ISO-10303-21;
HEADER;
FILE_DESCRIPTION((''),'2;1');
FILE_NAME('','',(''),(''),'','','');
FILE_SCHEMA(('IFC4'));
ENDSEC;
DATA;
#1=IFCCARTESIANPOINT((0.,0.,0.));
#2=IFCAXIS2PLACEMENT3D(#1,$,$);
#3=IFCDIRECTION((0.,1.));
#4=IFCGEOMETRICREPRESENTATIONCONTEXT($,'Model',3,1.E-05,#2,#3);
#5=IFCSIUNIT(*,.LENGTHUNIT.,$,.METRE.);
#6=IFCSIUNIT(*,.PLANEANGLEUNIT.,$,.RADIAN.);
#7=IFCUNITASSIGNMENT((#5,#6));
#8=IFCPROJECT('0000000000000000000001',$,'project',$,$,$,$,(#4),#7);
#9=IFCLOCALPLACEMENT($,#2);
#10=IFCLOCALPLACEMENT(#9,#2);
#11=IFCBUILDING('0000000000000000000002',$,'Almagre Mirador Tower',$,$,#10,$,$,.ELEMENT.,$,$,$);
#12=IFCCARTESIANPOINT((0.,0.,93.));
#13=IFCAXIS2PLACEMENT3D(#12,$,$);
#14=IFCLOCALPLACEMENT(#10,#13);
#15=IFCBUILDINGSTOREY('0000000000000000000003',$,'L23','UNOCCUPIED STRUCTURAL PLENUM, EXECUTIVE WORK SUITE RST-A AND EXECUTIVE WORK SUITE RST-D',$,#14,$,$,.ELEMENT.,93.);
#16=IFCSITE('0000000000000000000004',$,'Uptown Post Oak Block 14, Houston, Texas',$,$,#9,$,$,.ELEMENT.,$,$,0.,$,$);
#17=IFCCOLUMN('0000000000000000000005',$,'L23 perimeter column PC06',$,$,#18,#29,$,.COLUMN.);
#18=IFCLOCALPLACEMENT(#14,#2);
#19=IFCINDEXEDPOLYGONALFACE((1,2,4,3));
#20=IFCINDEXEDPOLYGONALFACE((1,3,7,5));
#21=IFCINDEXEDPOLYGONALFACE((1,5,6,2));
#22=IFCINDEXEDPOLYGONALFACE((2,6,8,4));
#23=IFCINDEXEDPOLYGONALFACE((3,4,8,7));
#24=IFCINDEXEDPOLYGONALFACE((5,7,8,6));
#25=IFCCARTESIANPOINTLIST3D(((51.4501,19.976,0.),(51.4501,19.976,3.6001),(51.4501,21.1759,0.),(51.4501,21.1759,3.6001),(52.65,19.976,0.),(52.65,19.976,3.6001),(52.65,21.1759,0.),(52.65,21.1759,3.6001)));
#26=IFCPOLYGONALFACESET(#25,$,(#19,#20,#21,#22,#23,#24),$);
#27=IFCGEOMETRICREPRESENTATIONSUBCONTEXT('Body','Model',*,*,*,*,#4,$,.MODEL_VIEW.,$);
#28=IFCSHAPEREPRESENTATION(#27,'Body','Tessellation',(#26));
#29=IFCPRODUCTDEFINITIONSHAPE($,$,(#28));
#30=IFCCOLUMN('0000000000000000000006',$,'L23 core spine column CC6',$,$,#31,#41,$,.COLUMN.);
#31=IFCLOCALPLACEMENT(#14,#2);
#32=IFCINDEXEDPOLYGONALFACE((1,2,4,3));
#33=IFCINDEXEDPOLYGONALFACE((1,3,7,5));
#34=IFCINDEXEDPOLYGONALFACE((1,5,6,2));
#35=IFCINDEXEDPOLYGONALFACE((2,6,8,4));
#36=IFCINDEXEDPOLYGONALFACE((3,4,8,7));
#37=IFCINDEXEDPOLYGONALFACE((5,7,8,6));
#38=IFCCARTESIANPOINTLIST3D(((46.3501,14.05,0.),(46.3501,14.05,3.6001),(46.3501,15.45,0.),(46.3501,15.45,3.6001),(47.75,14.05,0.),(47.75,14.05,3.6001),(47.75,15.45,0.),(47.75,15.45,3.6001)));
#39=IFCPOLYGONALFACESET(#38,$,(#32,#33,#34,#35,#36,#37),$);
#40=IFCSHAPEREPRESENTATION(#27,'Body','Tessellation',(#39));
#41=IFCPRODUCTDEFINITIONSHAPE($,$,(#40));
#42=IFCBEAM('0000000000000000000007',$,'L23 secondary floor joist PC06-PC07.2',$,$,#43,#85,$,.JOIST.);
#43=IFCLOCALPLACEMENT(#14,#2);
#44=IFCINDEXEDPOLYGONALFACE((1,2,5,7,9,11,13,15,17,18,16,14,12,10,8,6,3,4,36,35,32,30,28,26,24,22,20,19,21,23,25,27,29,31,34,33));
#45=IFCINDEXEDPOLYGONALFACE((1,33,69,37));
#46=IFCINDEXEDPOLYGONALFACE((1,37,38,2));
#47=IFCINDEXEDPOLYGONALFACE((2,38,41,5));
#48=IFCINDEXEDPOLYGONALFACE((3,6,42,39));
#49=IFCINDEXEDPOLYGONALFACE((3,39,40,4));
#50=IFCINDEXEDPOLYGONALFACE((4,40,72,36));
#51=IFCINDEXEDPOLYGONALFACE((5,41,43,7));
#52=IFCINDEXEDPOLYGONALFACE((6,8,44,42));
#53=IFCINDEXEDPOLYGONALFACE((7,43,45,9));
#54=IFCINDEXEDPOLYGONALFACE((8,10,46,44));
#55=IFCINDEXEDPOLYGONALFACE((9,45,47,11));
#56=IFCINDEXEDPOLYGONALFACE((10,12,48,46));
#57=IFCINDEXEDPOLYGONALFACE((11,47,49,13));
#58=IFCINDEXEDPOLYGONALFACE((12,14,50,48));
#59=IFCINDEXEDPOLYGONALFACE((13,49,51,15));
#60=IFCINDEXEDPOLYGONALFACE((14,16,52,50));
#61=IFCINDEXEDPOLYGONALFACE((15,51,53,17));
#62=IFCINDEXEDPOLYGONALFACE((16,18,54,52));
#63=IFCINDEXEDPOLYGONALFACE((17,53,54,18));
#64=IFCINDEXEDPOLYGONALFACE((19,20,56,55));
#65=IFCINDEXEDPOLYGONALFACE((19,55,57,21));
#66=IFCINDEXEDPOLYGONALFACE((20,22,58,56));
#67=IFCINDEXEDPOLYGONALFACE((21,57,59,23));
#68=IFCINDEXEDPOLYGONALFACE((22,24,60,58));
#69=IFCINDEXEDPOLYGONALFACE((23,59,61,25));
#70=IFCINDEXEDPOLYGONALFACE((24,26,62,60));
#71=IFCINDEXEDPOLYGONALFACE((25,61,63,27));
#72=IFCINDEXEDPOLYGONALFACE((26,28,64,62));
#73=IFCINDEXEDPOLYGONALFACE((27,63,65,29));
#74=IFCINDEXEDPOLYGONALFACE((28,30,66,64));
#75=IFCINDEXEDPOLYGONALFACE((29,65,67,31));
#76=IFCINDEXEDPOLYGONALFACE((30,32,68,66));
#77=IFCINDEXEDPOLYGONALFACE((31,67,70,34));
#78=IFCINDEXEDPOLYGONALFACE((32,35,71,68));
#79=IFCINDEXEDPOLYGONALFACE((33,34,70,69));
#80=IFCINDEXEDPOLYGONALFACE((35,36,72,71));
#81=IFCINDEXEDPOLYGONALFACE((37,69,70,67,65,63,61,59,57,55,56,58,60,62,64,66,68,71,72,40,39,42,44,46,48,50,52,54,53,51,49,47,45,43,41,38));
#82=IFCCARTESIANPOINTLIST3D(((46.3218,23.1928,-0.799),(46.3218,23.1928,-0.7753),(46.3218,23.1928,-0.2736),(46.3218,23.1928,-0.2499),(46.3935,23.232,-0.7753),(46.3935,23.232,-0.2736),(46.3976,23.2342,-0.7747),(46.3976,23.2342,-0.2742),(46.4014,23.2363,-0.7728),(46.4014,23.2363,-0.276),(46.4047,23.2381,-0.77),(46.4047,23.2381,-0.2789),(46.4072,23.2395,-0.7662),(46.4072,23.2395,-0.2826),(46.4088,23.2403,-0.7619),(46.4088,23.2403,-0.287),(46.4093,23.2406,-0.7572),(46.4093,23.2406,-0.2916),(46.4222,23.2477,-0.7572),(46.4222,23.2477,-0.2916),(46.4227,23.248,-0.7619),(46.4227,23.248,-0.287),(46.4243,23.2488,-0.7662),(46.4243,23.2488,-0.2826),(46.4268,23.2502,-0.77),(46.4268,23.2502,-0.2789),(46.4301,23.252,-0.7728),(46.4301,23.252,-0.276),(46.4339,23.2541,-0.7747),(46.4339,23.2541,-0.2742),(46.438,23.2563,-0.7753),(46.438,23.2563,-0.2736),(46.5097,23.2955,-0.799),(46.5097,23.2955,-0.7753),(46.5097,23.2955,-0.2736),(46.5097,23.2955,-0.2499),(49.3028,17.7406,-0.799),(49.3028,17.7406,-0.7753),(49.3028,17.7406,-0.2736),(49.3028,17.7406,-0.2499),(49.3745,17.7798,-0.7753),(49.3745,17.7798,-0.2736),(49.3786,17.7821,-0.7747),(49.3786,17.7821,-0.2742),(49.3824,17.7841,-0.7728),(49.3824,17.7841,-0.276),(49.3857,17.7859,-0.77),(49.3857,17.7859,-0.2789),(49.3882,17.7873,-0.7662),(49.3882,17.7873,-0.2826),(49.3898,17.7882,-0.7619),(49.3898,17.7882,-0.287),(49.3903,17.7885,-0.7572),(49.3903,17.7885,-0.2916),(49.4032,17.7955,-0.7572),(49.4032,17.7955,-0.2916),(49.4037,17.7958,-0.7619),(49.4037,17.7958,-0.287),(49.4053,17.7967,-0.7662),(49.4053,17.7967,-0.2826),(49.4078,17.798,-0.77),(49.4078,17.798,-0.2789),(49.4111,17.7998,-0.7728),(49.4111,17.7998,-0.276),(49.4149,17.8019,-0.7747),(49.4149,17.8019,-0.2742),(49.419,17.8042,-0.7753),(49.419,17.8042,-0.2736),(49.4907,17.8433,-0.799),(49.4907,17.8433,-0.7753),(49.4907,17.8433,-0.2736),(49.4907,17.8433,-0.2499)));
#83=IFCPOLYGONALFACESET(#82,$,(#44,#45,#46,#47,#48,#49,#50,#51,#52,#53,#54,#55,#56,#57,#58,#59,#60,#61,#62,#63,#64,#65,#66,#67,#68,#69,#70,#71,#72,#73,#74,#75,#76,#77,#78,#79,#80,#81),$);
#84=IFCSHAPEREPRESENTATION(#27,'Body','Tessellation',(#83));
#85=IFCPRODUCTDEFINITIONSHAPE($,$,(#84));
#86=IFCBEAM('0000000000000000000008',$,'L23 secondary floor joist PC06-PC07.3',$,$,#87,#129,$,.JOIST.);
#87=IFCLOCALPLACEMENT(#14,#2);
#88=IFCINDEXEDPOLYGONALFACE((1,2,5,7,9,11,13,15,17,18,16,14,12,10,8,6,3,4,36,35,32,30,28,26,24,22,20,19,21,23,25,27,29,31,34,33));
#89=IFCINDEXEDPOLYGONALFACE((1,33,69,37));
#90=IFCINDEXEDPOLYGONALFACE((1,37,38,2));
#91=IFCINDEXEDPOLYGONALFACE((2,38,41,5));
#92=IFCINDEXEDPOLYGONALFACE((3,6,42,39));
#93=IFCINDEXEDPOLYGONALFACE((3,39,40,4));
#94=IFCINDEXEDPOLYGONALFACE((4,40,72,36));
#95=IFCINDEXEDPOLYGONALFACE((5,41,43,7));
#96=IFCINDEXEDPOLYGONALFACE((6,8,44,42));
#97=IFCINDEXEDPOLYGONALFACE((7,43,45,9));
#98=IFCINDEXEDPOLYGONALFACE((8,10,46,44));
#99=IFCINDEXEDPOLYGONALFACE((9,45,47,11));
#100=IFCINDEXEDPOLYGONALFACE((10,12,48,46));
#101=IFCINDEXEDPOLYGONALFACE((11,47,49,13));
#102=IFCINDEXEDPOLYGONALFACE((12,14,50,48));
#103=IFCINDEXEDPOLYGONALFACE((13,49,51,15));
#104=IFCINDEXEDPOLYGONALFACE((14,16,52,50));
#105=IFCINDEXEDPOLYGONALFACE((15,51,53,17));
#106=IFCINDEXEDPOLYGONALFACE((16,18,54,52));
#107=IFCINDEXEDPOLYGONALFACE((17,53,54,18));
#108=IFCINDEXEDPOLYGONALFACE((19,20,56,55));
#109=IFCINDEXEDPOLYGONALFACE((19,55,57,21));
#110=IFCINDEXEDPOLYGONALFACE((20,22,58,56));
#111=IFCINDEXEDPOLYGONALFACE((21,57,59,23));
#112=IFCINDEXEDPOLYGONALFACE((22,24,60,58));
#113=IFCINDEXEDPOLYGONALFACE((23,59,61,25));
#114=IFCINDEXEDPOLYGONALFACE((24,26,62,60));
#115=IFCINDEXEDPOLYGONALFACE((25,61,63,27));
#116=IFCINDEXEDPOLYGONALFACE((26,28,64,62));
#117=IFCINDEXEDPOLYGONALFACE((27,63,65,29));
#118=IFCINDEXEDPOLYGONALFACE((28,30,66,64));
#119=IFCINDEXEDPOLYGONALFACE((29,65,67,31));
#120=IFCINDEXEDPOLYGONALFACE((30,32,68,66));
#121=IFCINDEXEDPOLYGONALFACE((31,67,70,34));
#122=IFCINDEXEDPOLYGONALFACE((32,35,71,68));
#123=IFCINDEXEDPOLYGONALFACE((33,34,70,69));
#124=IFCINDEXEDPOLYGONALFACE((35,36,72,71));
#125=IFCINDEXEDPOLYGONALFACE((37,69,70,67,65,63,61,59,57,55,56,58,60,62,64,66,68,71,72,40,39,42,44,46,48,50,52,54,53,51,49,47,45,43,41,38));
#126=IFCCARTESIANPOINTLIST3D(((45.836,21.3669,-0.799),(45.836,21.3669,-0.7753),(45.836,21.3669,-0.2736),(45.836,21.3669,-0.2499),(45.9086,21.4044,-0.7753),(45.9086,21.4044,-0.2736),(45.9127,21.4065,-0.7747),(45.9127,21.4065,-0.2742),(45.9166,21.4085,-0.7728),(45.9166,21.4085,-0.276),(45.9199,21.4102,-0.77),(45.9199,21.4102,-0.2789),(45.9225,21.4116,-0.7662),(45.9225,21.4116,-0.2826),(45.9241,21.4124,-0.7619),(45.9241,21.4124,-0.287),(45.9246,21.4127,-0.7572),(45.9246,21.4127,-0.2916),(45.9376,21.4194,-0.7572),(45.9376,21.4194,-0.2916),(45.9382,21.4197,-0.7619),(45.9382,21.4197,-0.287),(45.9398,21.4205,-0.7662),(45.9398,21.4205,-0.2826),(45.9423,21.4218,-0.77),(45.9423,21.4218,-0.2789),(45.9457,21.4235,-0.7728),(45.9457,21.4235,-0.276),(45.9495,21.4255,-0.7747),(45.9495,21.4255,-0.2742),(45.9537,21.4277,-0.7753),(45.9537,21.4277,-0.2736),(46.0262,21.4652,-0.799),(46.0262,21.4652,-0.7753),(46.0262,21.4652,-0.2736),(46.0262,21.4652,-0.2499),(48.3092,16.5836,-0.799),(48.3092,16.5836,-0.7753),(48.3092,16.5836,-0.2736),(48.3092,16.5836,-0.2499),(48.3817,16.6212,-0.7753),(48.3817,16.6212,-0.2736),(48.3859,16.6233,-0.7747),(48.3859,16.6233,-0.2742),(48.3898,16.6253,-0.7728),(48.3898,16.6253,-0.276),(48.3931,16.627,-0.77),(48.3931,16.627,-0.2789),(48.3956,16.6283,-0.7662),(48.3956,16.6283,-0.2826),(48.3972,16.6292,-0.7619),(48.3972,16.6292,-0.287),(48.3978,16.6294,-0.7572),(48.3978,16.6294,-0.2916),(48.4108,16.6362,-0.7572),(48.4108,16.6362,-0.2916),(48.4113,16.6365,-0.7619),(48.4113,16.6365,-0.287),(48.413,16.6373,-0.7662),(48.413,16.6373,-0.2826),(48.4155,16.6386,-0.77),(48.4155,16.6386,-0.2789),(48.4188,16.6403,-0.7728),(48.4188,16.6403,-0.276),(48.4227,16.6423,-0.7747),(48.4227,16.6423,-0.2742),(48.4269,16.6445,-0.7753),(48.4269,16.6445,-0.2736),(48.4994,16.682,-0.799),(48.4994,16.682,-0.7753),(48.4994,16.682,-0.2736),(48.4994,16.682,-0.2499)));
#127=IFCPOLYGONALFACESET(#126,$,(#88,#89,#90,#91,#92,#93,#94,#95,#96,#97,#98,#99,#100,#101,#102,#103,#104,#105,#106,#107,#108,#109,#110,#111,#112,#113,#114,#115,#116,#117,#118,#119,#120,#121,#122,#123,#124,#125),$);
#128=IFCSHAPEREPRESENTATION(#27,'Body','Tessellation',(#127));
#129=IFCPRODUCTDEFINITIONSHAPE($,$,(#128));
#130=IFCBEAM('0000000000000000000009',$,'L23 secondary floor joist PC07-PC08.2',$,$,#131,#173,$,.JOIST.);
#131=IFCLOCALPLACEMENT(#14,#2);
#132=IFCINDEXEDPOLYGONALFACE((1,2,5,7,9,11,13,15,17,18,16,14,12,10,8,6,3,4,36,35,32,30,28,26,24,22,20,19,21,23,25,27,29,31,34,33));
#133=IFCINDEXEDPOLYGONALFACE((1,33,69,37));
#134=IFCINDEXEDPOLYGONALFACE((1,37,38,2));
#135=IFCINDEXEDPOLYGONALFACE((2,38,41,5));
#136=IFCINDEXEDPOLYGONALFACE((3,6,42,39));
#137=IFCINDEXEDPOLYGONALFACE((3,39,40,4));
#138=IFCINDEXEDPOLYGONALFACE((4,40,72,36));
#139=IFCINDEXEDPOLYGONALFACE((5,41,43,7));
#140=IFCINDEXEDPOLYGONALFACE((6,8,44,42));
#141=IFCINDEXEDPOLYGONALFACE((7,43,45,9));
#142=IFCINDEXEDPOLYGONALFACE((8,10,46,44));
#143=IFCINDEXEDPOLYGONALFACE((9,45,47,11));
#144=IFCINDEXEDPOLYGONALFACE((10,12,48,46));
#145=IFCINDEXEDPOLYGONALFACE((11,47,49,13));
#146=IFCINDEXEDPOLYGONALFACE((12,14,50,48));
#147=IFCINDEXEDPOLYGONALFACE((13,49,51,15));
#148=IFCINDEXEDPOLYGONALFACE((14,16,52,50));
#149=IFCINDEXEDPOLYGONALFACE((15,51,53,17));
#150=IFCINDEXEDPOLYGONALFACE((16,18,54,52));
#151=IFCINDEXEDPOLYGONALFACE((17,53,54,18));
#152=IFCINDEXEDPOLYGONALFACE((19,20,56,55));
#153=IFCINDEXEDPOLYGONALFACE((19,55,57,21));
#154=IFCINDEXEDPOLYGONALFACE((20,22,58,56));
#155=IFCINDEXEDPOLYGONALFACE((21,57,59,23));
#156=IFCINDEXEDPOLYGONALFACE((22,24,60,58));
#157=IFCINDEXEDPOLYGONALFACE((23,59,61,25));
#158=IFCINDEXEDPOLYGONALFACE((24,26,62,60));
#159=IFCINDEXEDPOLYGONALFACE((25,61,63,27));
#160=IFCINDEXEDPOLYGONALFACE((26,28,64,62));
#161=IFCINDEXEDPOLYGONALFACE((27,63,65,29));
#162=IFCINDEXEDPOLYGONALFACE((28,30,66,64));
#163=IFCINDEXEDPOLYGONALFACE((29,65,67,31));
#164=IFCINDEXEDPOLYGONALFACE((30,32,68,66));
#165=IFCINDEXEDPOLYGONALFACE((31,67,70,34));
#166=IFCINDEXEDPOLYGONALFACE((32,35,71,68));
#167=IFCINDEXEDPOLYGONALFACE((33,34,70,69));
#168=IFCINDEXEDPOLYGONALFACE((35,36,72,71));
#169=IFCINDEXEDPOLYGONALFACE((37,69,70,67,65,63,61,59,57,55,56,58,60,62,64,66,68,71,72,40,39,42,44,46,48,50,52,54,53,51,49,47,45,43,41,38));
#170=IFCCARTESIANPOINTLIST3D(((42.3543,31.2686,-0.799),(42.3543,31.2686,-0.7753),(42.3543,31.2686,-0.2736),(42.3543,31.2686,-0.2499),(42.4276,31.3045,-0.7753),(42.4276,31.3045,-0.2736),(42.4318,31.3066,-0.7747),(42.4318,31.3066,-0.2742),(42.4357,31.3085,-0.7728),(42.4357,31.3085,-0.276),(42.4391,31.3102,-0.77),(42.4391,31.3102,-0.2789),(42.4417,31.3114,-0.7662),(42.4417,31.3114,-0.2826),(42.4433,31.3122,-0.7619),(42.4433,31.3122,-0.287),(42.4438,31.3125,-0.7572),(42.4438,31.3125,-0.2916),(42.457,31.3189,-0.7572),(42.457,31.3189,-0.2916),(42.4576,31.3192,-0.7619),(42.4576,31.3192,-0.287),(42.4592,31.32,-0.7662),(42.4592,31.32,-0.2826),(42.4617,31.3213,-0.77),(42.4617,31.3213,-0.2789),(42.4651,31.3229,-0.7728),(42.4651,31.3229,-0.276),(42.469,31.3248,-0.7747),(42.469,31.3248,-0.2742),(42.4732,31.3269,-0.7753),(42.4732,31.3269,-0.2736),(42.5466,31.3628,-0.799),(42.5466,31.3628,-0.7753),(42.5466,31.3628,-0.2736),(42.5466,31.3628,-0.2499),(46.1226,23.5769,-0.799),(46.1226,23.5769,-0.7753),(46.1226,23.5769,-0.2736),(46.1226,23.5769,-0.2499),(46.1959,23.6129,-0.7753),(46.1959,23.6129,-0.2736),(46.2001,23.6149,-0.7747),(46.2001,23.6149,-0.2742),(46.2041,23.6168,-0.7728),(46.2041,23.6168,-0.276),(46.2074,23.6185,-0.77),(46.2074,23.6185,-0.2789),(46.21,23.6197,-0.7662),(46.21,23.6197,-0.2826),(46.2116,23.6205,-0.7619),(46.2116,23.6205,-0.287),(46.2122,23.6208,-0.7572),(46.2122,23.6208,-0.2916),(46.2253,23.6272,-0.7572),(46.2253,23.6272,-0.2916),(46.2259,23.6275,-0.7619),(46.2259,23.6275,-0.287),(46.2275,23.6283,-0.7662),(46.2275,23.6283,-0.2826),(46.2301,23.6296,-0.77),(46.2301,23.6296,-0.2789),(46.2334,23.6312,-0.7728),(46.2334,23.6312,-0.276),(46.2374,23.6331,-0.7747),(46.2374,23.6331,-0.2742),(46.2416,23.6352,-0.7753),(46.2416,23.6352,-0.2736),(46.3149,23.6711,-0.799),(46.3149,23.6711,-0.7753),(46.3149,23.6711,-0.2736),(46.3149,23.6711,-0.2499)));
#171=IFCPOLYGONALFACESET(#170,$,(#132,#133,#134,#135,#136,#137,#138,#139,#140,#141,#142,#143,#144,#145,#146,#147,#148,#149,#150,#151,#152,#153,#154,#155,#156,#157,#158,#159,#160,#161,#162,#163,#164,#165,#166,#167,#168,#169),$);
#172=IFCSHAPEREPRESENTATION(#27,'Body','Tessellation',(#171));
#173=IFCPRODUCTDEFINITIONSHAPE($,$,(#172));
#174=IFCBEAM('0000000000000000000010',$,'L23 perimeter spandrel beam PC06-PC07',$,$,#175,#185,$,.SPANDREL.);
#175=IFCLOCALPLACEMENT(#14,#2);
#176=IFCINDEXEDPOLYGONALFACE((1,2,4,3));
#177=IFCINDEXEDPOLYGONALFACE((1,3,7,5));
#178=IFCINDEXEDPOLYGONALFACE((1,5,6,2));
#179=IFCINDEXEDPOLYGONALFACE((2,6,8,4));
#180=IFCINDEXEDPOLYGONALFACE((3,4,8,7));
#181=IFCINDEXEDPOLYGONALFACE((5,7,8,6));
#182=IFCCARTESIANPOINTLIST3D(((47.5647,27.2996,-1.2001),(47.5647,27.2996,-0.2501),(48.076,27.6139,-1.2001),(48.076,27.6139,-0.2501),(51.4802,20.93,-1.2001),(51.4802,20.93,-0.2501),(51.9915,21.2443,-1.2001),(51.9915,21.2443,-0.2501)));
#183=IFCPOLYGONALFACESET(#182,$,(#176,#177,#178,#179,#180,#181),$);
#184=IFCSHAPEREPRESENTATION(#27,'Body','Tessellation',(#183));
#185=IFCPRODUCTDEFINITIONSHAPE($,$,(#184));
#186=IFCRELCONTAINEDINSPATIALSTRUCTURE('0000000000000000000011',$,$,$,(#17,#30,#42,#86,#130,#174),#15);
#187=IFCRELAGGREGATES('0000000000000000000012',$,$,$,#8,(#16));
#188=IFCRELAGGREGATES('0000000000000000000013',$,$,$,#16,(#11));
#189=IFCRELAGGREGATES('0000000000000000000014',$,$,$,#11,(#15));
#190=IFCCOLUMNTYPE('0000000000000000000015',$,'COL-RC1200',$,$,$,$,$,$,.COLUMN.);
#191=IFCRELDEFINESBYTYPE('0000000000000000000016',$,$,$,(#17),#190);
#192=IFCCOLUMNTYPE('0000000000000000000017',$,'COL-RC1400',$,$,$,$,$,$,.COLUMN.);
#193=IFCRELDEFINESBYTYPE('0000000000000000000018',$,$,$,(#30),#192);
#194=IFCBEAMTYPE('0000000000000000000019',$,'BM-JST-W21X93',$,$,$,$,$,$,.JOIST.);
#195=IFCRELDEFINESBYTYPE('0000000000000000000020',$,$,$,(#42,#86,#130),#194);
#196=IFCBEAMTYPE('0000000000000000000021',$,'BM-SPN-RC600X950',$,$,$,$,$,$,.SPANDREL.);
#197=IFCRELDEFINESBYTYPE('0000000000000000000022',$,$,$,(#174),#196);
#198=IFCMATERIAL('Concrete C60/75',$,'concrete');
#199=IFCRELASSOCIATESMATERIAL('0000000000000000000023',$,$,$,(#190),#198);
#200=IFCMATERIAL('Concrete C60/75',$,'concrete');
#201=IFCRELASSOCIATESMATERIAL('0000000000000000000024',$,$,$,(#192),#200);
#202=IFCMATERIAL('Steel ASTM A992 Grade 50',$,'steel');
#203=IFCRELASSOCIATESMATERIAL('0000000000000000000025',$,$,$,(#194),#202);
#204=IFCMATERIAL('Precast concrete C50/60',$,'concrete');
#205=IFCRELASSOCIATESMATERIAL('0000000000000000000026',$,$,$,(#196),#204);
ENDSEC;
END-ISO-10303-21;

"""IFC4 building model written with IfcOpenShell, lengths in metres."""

from ifc_helpers import new_model, si_unit, direction, frame, origin, origin_2d, place, context, subcontext, project, spatial, rectangle, i_section, extrude, material, material_profile, profile_set, type_object, element, save


model = new_model("IFC4")

# Units and contexts
model_context = context("Model", 3, precision=1e-05, world=origin(), true_north=direction((0.0, 1.0)))
body_context = subcontext(model_context, "Body", "Model", "MODEL_VIEW")
ifc_project = project(units=[si_unit("LENGTHUNIT", "METRE"), si_unit("PLANEANGLEUNIT", "RADIAN")], contexts=[model_context])

# Site, building, storey
site_placement = place(None, origin())
site = spatial("IfcSite", under=ifc_project, at=site_placement, Name="Uptown Post Oak Block 14, Houston, Texas", CompositionType="ELEMENT", RefElevation=0.0)
building_placement = place(site_placement, origin())
building = spatial("IfcBuilding", under=site, at=building_placement, Name="Almagre Mirador Tower", CompositionType="ELEMENT")
storey_placement = place(building_placement, frame((0.0, 0.0, 93.0)))
storey = spatial("IfcBuildingStorey", under=building, at=storey_placement, Name="L23", Description="UNOCCUPIED STRUCTURAL PLENUM, EXECUTIVE WORK SUITE RST-A AND EXECUTIVE WORK SUITE RST-D", CompositionType="ELEMENT", Elevation=93.0)

# Columns
ifc_material_1 = material(Name="Concrete C60/75", Category="concrete")
ifc_material_profile_1 = material_profile(ifc_material_1, rectangle(XDim=1.2, YDim=1.2, at=origin_2d()), Name="RC1200X1200")
ifc_profile_set_1 = profile_set([ifc_material_profile_1], Name="Concrete C60/75")
column_type_1 = type_object("IfcColumnType", Name="COL-RC1200", PredefinedType="COLUMN", material=ifc_profile_set_1)
column_1_placement = place(storey_placement, frame((52.05, 20.5759, 0.0), z_axis=(0.0, 0.0, 1.0), x_axis=(1.0, 0.0, 0.0)))
element("IfcColumn", 1, at=column_1_placement, inside=storey, type_object=column_type_1, Name="L23 perimeter column PC06", PredefinedType="COLUMN", context=body_context, shape_type="SweptSolid", body=[
    extrude(rectangle(XDim=1.2, YDim=1.2, at=origin_2d()), origin(), (0.0, 0.0, 1.0), 3.6001),
])
ifc_material_2 = material(Name="Concrete C60/75", Category="concrete")
ifc_material_profile_2 = material_profile(ifc_material_2, rectangle(XDim=1.3999, YDim=1.3999, at=origin_2d()), Name="RC1400X1400")
ifc_profile_set_2 = profile_set([ifc_material_profile_2], Name="Concrete C60/75")
column_type_2 = type_object("IfcColumnType", Name="COL-RC1400", PredefinedType="COLUMN", material=ifc_profile_set_2)
column_2_placement = place(storey_placement, frame((47.05, 14.75, 0.0), z_axis=(0.0, 0.0, 1.0), x_axis=(1.0, 0.0, 0.0)))
element("IfcColumn", 2, at=column_2_placement, inside=storey, type_object=column_type_2, Name="L23 core spine column CC6", PredefinedType="COLUMN", context=body_context, shape_type="SweptSolid", body=[
    extrude(rectangle(XDim=1.3999, YDim=1.3999, at=origin_2d()), origin(), (0.0, 0.0, 1.0), 3.6001),
])

# Beams
ifc_material_3 = material(Name="Steel ASTM A992 Grade 50", Category="steel")
ifc_material_profile_3 = material_profile(ifc_material_3, i_section(OverallWidth=0.2141, OverallDepth=0.5491, WebThickness=0.0146, FlangeThickness=0.0237, FilletRadius=0.0181, at=origin_2d()), Name="W21X93")
ifc_profile_set_3 = profile_set([ifc_material_profile_3], Name="Steel ASTM A992 Grade 50")
beam_type_1 = type_object("IfcBeamType", Name="BM-JST-W21X93", PredefinedType="JOIST", material=ifc_profile_set_3)
beam_1_placement = place(storey_placement, frame((49.3967, 17.792, -0.5244), z_axis=(-0.479727, 0.877418, 0.0), x_axis=(-0.877418, -0.479727, 0.0)))
element("IfcBeam", 3, at=beam_1_placement, inside=storey, type_object=beam_type_1, Name="L23 secondary floor joist PC06-PC07.2", PredefinedType="JOIST", context=body_context, shape_type="SweptSolid", body=[
    extrude(i_section(OverallWidth=0.2141, OverallDepth=0.5491, WebThickness=0.0146, FlangeThickness=0.0237, FilletRadius=0.0181, at=origin_2d()), origin(), (0.0, 0.0, 1.0), 6.2139),
])
beam_2_placement = place(storey_placement, frame((48.4043, 16.6328, -0.5244), z_axis=(-0.459287, 0.888288, 0.0), x_axis=(-0.888288, -0.459287, 0.0)))
element("IfcBeam", 4, at=beam_2_placement, inside=storey, type_object=beam_type_1, Name="L23 secondary floor joist PC06-PC07.3", PredefinedType="JOIST", context=body_context, shape_type="SweptSolid", body=[
    extrude(i_section(OverallWidth=0.2141, OverallDepth=0.5491, WebThickness=0.0146, FlangeThickness=0.0237, FilletRadius=0.0181, at=origin_2d()), origin(), (0.0, 0.0, 1.0), 5.3848),
])
beam_3_placement = place(storey_placement, frame((46.2188, 23.624, -0.5244), z_axis=(-0.439959, 0.898018, 0.0), x_axis=(-0.898018, -0.439959, 0.0)))
element("IfcBeam", 5, at=beam_3_placement, inside=storey, type_object=beam_type_1, Name="L23 secondary floor joist PC07-PC08.2", PredefinedType="JOIST", context=body_context, shape_type="SweptSolid", body=[
    extrude(i_section(OverallWidth=0.2141, OverallDepth=0.5491, WebThickness=0.0146, FlangeThickness=0.0237, FilletRadius=0.0181, at=origin_2d()), origin(), (0.0, 0.0, 1.0), 8.5652),
])
ifc_material_4 = material(Name="Precast concrete C50/60", Category="concrete")
ifc_material_profile_4 = material_profile(ifc_material_4, rectangle(XDim=0.6001, YDim=0.95, at=origin_2d()), Name="RC600X950")
ifc_profile_set_4 = profile_set([ifc_material_profile_4], Name="Precast concrete C50/60")
beam_type_2 = type_object("IfcBeamType", Name="BM-SPN-RC600X950", PredefinedType="SPANDREL", material=ifc_profile_set_4)
beam_4_placement = place(storey_placement, frame((51.7358, 21.0872, -0.7251), z_axis=(-0.523686, 0.851912, 0.0), x_axis=(-0.851912, -0.523686, 0.0)))
element("IfcBeam", 6, at=beam_4_placement, inside=storey, type_object=beam_type_2, Name="L23 perimeter spandrel beam PC06-PC07", PredefinedType="SPANDREL", context=body_context, shape_type="SweptSolid", body=[
    extrude(rectangle(XDim=0.6001, YDim=0.95, at=origin_2d()), origin(), (0.0, 0.0, 1.0), 7.4768),
])

save(model, "model.ifc")
